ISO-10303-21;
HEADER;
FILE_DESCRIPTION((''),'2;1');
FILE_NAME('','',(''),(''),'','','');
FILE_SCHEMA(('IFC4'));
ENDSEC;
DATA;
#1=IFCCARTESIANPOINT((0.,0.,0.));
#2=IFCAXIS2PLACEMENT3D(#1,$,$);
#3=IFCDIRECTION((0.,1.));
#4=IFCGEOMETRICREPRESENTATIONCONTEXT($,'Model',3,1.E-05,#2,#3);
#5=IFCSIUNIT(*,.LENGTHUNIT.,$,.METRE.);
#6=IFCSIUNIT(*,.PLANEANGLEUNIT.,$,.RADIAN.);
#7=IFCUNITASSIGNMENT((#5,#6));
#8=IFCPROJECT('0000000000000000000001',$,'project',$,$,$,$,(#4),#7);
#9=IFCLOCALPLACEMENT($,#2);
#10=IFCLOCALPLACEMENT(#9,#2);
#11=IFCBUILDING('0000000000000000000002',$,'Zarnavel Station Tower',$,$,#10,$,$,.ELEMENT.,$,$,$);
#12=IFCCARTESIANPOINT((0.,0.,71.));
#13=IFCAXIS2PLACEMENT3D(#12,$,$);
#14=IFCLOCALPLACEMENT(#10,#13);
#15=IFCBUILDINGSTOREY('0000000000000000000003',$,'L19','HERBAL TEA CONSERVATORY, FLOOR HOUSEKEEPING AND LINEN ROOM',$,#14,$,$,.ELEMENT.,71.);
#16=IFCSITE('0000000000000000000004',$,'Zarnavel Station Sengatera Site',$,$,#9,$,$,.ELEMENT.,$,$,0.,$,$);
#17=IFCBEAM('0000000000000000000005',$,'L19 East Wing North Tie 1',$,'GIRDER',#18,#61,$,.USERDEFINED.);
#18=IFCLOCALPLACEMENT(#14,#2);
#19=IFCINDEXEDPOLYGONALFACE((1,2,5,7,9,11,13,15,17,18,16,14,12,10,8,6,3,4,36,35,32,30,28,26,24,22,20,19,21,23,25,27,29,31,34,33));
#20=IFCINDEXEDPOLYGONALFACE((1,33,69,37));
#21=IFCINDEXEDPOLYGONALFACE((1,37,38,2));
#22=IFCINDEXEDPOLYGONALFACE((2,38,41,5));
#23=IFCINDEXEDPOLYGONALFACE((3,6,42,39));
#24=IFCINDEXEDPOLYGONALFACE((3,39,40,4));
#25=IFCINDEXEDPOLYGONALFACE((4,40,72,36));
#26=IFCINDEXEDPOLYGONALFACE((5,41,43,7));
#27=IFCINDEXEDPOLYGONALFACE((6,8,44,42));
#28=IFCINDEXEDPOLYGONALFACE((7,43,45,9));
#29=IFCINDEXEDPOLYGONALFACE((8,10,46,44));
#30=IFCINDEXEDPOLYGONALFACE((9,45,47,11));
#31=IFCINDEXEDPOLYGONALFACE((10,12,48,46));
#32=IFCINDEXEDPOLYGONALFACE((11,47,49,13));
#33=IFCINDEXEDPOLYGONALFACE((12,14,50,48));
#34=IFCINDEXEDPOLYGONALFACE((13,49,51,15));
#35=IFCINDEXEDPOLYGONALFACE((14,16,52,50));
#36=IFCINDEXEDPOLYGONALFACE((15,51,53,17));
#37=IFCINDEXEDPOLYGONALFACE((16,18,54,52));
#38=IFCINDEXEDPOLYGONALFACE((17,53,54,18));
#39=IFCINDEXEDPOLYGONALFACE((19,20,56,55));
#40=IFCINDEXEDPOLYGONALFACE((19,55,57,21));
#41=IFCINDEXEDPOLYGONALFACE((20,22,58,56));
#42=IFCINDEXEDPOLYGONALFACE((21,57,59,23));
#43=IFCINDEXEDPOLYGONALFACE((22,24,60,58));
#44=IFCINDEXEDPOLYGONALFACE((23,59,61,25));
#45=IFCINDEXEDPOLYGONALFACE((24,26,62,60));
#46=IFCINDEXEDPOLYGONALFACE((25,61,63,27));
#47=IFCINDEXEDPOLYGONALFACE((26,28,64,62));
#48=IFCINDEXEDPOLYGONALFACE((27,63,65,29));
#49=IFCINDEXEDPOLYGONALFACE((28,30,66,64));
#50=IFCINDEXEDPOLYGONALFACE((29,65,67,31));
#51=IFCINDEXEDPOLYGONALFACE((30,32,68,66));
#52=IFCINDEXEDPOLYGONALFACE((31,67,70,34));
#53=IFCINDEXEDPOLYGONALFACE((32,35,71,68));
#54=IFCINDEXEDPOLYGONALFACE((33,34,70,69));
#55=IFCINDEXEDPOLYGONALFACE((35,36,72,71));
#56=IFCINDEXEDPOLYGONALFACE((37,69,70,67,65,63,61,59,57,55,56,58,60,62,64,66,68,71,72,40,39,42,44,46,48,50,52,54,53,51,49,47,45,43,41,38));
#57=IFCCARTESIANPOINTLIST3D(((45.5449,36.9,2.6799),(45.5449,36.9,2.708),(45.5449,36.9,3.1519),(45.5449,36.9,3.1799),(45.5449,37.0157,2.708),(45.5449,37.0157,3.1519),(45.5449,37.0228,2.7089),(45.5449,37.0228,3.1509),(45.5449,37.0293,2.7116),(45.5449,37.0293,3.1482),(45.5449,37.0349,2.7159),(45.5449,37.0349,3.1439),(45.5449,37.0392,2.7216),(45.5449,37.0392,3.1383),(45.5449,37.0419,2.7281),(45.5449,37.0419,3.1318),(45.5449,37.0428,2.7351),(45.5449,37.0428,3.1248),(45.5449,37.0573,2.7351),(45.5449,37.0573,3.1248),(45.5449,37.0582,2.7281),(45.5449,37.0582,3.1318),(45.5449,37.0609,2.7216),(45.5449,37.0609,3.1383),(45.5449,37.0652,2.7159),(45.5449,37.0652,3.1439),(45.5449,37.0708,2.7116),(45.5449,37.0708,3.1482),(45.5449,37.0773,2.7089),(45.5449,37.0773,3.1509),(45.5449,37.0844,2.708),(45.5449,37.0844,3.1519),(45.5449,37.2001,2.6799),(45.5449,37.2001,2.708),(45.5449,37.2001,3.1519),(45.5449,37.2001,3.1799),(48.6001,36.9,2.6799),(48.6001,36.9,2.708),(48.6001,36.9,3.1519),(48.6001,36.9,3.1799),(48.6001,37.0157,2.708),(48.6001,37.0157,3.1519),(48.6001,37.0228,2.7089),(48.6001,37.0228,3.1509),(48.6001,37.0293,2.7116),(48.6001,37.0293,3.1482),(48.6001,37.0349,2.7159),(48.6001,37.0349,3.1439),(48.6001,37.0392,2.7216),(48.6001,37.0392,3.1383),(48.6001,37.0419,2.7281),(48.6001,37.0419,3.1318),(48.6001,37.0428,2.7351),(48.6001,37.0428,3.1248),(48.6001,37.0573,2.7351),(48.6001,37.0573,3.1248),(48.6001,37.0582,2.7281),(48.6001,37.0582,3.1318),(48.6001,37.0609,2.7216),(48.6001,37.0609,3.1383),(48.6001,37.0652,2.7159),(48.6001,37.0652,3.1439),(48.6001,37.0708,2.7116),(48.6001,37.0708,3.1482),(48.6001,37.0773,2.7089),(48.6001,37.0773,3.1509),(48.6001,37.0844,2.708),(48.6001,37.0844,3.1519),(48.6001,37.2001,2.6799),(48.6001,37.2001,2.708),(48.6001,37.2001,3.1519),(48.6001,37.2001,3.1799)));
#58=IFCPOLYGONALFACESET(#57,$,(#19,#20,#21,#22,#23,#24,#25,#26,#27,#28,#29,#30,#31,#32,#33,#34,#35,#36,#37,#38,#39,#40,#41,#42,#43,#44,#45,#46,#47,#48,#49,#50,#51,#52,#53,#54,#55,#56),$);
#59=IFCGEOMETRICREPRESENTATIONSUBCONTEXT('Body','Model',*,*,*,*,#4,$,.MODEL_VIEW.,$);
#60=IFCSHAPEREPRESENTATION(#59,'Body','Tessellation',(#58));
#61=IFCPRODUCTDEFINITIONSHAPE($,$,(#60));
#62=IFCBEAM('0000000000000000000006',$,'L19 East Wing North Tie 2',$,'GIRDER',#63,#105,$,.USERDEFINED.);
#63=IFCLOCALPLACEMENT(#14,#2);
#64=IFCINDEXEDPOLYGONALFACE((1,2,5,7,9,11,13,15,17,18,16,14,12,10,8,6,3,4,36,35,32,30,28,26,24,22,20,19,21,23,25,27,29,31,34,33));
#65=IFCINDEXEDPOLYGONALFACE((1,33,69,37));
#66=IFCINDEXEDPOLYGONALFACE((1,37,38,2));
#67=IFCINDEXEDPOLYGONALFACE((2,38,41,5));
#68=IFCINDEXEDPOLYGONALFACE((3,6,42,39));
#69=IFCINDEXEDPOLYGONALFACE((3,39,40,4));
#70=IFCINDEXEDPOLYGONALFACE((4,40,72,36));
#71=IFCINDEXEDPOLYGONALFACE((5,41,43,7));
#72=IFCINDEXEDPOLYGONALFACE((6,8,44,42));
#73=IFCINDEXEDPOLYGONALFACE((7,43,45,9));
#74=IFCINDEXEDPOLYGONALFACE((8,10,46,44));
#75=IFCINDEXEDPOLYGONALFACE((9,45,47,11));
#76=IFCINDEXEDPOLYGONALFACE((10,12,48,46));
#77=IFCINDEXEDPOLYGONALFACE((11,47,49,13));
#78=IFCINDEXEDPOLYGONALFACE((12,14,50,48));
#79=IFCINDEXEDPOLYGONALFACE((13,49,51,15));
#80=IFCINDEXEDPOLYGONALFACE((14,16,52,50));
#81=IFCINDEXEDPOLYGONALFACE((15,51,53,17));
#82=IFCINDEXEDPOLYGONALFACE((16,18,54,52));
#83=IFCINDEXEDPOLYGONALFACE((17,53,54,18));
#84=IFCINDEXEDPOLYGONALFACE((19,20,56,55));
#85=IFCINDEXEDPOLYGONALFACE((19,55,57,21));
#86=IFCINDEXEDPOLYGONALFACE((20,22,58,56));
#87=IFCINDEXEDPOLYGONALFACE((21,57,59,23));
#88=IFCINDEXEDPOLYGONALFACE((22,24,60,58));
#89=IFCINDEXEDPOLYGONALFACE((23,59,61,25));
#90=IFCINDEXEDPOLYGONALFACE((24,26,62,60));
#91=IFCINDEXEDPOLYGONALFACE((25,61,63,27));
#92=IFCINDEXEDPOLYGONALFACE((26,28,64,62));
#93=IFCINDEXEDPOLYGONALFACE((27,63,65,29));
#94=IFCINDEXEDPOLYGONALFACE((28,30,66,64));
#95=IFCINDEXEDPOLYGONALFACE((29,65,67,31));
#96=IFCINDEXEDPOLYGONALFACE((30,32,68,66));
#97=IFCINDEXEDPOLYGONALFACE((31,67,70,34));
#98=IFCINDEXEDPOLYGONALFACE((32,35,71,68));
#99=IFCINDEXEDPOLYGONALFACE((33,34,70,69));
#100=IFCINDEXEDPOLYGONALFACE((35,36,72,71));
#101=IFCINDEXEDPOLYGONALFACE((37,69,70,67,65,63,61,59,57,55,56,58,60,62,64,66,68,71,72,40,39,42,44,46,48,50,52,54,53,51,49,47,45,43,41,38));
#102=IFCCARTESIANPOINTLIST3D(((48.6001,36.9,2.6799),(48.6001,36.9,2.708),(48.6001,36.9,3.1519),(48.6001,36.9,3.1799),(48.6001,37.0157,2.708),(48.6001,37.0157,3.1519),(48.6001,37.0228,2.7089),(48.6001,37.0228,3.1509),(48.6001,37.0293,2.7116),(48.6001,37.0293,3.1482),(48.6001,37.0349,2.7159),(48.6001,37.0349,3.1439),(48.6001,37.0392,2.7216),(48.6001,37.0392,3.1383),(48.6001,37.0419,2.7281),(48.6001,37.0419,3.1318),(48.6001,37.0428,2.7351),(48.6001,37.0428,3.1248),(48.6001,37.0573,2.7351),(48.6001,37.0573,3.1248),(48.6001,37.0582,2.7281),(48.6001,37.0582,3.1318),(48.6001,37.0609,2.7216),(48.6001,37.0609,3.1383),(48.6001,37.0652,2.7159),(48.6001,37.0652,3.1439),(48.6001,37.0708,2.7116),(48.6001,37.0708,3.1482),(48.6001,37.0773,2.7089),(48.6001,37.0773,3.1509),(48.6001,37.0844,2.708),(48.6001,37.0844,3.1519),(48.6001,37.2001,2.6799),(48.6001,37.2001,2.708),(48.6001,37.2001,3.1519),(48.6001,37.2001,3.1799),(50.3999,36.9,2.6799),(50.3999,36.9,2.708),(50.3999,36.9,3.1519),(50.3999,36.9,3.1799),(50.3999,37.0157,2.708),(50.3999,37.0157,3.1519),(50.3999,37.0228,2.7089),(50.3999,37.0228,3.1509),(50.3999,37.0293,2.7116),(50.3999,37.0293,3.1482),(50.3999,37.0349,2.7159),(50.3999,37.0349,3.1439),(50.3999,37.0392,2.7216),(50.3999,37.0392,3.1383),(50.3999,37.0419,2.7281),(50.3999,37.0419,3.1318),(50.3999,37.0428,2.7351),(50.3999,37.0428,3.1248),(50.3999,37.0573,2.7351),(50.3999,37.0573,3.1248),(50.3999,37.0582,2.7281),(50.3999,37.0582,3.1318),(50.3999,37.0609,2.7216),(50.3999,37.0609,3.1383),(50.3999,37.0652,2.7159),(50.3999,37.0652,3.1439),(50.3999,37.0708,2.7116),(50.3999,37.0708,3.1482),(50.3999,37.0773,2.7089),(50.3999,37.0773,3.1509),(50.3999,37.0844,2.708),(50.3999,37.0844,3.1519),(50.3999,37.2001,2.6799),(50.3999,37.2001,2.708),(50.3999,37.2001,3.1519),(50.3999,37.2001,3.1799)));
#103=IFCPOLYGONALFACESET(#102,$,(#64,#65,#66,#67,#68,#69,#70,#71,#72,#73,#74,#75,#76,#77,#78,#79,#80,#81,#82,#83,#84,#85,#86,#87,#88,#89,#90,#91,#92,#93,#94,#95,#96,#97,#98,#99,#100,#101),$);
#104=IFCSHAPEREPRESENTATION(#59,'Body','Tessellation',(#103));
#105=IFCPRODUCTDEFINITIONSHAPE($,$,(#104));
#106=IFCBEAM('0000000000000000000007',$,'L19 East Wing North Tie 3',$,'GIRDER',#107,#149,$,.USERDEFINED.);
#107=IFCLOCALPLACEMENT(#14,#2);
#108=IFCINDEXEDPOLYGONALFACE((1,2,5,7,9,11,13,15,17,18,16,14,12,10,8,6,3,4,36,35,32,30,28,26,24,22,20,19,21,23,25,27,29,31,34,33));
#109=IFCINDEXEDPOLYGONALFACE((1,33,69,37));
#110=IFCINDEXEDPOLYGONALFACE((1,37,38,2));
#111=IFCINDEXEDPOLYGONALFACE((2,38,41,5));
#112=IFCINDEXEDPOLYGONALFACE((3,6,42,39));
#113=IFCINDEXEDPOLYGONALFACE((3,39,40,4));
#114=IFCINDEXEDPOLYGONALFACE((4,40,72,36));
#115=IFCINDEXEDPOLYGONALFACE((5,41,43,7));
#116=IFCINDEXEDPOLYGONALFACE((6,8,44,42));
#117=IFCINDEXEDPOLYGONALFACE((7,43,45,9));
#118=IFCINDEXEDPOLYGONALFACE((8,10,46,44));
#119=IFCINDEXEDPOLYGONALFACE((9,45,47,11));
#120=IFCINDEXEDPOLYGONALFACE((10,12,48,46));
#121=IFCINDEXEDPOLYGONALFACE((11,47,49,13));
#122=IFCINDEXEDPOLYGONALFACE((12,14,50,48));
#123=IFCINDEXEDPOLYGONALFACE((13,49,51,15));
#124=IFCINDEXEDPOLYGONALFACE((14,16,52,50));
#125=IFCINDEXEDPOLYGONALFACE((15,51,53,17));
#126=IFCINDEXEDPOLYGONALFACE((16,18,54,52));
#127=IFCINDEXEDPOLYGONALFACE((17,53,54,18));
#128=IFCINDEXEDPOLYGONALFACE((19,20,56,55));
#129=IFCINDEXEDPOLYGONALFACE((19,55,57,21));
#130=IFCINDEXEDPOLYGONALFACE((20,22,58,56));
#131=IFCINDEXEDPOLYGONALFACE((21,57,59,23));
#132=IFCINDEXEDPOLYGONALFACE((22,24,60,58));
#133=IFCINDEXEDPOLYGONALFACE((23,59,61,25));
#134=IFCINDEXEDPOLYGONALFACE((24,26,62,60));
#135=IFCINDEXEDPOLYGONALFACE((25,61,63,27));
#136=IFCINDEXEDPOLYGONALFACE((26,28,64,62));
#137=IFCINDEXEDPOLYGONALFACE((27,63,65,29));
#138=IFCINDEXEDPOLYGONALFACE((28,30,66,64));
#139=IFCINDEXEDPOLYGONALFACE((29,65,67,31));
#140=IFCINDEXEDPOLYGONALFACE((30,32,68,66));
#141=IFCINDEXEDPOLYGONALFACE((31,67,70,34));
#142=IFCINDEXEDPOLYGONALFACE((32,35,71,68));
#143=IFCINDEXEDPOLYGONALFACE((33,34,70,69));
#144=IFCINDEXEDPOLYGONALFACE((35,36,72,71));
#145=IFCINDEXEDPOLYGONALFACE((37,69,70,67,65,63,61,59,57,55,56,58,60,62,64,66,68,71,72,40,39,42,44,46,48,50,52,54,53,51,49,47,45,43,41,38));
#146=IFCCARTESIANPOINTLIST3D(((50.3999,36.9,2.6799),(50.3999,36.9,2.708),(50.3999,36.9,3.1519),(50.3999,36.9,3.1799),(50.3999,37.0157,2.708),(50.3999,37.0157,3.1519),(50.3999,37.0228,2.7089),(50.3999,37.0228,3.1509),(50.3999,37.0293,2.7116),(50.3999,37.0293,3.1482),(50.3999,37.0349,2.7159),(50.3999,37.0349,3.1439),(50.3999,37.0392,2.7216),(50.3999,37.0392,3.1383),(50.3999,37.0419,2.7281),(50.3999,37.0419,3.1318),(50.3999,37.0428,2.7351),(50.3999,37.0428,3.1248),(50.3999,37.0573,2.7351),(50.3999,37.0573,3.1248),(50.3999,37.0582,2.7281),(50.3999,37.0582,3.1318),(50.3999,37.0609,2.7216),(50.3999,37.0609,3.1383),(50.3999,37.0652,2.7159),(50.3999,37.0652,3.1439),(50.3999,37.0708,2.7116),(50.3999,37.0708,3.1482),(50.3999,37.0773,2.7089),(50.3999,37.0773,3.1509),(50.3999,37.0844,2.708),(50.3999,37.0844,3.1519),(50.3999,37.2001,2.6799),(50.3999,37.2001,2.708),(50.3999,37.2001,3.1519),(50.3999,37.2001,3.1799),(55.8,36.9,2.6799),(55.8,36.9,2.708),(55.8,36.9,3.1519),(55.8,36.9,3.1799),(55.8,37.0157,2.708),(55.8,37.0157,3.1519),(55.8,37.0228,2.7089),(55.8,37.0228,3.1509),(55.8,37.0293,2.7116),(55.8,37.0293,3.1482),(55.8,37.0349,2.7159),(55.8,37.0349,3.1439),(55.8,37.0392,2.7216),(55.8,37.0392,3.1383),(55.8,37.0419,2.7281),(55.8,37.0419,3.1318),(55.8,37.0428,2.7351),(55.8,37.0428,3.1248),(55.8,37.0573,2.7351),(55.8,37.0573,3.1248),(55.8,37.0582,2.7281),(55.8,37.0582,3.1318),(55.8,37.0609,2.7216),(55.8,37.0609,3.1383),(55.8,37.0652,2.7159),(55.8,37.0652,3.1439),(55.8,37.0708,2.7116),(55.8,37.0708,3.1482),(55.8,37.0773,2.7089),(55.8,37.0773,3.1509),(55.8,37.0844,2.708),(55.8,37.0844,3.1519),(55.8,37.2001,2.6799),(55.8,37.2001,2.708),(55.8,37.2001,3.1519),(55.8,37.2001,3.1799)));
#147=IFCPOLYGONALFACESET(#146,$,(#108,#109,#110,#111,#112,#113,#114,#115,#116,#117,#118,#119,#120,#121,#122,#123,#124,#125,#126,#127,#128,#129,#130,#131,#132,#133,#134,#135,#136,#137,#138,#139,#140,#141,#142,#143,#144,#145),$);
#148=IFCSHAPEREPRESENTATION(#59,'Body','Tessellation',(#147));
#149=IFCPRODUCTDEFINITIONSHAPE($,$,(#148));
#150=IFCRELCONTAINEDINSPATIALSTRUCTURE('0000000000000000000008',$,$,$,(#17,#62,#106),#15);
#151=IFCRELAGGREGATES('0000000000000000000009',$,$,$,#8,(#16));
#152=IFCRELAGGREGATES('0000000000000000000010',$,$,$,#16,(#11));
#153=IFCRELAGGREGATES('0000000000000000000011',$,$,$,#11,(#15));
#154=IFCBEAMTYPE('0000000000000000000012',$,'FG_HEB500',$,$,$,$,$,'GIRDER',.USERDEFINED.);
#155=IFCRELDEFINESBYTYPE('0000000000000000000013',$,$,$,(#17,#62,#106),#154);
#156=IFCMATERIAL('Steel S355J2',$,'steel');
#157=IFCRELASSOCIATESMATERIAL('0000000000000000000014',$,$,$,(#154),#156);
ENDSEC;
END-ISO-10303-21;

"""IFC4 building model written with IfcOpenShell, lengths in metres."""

from ifc_helpers import new_model, si_unit, direction, frame, origin, origin_2d, place, context, subcontext, project, spatial, i_section, extrude, material, material_profile, profile_set, type_object, element, save


model = new_model("IFC4")

# Units and contexts
model_context = context("Model", 3, precision=1e-05, world=origin(), true_north=direction((0.0, 1.0)))
body_context = subcontext(model_context, "Body", "Model", "MODEL_VIEW")
ifc_project = project(units=[si_unit("LENGTHUNIT", "METRE"), si_unit("PLANEANGLEUNIT", "RADIAN")], contexts=[model_context])

# Site, building, storey
site_placement = place(None, origin())
site = spatial("IfcSite", under=ifc_project, at=site_placement, Name="Zarnavel Station Sengatera Site", CompositionType="ELEMENT", RefElevation=0.0)
building_placement = place(site_placement, origin())
building = spatial("IfcBuilding", under=site, at=building_placement, Name="Zarnavel Station Tower", CompositionType="ELEMENT")
storey_placement = place(building_placement, frame((0.0, 0.0, 71.0)))
storey = spatial("IfcBuildingStorey", under=building, at=storey_placement, Name="L19", Description="HERBAL TEA CONSERVATORY, FLOOR HOUSEKEEPING AND LINEN ROOM", CompositionType="ELEMENT", Elevation=71.0)

# Beams
ifc_material_1 = material(Name="Steel S355J2", Category="steel")
ifc_material_profile_1 = material_profile(ifc_material_1, i_section(OverallWidth=0.3, OverallDepth=0.5, WebThickness=0.0144, FlangeThickness=0.0281, FilletRadius=0.0271, at=origin_2d()), Name="HEB500")
ifc_profile_set_1 = profile_set([ifc_material_profile_1], Name="Steel S355J2")
beam_type = type_object("IfcBeamType", Name="FG_HEB500", ElementType="GIRDER", PredefinedType="USERDEFINED", material=ifc_profile_set_1)
beam_1_placement = place(storey_placement, frame((45.5449, 37.05, 2.9299), z_axis=(1.0, 0.0, 0.0), x_axis=(0.0, 1.0, 0.0)))
element("IfcBeam", 1, at=beam_1_placement, inside=storey, type_object=beam_type, Name="L19 East Wing North Tie 1", ObjectType="GIRDER", PredefinedType="USERDEFINED", context=body_context, shape_type="SweptSolid", body=[
    extrude(i_section(OverallWidth=0.3, OverallDepth=0.5, WebThickness=0.0144, FlangeThickness=0.0281, FilletRadius=0.0271, at=origin_2d()), origin(), (0.0, 0.0, 1.0), 3.0552),
])
beam_2_placement = place(storey_placement, frame((48.6001, 37.05, 2.9299), z_axis=(1.0, 0.0, 0.0), x_axis=(0.0, 1.0, 0.0)))
element("IfcBeam", 2, at=beam_2_placement, inside=storey, type_object=beam_type, Name="L19 East Wing North Tie 2", ObjectType="GIRDER", PredefinedType="USERDEFINED", context=body_context, shape_type="SweptSolid", body=[
    extrude(i_section(OverallWidth=0.3, OverallDepth=0.5, WebThickness=0.0144, FlangeThickness=0.0281, FilletRadius=0.0271, at=origin_2d()), origin(), (0.0, 0.0, 1.0), 1.7998),
])
beam_3_placement = place(storey_placement, frame((50.3999, 37.05, 2.9299), z_axis=(1.0, 0.0, 0.0), x_axis=(0.0, 1.0, 0.0)))
element("IfcBeam", 3, at=beam_3_placement, inside=storey, type_object=beam_type, Name="L19 East Wing North Tie 3", ObjectType="GIRDER", PredefinedType="USERDEFINED", context=body_context, shape_type="SweptSolid", body=[
    extrude(i_section(OverallWidth=0.3, OverallDepth=0.5, WebThickness=0.0144, FlangeThickness=0.0281, FilletRadius=0.0271, at=origin_2d()), origin(), (0.0, 0.0, 1.0), 5.4001),
])

save(model, "model.ifc")
